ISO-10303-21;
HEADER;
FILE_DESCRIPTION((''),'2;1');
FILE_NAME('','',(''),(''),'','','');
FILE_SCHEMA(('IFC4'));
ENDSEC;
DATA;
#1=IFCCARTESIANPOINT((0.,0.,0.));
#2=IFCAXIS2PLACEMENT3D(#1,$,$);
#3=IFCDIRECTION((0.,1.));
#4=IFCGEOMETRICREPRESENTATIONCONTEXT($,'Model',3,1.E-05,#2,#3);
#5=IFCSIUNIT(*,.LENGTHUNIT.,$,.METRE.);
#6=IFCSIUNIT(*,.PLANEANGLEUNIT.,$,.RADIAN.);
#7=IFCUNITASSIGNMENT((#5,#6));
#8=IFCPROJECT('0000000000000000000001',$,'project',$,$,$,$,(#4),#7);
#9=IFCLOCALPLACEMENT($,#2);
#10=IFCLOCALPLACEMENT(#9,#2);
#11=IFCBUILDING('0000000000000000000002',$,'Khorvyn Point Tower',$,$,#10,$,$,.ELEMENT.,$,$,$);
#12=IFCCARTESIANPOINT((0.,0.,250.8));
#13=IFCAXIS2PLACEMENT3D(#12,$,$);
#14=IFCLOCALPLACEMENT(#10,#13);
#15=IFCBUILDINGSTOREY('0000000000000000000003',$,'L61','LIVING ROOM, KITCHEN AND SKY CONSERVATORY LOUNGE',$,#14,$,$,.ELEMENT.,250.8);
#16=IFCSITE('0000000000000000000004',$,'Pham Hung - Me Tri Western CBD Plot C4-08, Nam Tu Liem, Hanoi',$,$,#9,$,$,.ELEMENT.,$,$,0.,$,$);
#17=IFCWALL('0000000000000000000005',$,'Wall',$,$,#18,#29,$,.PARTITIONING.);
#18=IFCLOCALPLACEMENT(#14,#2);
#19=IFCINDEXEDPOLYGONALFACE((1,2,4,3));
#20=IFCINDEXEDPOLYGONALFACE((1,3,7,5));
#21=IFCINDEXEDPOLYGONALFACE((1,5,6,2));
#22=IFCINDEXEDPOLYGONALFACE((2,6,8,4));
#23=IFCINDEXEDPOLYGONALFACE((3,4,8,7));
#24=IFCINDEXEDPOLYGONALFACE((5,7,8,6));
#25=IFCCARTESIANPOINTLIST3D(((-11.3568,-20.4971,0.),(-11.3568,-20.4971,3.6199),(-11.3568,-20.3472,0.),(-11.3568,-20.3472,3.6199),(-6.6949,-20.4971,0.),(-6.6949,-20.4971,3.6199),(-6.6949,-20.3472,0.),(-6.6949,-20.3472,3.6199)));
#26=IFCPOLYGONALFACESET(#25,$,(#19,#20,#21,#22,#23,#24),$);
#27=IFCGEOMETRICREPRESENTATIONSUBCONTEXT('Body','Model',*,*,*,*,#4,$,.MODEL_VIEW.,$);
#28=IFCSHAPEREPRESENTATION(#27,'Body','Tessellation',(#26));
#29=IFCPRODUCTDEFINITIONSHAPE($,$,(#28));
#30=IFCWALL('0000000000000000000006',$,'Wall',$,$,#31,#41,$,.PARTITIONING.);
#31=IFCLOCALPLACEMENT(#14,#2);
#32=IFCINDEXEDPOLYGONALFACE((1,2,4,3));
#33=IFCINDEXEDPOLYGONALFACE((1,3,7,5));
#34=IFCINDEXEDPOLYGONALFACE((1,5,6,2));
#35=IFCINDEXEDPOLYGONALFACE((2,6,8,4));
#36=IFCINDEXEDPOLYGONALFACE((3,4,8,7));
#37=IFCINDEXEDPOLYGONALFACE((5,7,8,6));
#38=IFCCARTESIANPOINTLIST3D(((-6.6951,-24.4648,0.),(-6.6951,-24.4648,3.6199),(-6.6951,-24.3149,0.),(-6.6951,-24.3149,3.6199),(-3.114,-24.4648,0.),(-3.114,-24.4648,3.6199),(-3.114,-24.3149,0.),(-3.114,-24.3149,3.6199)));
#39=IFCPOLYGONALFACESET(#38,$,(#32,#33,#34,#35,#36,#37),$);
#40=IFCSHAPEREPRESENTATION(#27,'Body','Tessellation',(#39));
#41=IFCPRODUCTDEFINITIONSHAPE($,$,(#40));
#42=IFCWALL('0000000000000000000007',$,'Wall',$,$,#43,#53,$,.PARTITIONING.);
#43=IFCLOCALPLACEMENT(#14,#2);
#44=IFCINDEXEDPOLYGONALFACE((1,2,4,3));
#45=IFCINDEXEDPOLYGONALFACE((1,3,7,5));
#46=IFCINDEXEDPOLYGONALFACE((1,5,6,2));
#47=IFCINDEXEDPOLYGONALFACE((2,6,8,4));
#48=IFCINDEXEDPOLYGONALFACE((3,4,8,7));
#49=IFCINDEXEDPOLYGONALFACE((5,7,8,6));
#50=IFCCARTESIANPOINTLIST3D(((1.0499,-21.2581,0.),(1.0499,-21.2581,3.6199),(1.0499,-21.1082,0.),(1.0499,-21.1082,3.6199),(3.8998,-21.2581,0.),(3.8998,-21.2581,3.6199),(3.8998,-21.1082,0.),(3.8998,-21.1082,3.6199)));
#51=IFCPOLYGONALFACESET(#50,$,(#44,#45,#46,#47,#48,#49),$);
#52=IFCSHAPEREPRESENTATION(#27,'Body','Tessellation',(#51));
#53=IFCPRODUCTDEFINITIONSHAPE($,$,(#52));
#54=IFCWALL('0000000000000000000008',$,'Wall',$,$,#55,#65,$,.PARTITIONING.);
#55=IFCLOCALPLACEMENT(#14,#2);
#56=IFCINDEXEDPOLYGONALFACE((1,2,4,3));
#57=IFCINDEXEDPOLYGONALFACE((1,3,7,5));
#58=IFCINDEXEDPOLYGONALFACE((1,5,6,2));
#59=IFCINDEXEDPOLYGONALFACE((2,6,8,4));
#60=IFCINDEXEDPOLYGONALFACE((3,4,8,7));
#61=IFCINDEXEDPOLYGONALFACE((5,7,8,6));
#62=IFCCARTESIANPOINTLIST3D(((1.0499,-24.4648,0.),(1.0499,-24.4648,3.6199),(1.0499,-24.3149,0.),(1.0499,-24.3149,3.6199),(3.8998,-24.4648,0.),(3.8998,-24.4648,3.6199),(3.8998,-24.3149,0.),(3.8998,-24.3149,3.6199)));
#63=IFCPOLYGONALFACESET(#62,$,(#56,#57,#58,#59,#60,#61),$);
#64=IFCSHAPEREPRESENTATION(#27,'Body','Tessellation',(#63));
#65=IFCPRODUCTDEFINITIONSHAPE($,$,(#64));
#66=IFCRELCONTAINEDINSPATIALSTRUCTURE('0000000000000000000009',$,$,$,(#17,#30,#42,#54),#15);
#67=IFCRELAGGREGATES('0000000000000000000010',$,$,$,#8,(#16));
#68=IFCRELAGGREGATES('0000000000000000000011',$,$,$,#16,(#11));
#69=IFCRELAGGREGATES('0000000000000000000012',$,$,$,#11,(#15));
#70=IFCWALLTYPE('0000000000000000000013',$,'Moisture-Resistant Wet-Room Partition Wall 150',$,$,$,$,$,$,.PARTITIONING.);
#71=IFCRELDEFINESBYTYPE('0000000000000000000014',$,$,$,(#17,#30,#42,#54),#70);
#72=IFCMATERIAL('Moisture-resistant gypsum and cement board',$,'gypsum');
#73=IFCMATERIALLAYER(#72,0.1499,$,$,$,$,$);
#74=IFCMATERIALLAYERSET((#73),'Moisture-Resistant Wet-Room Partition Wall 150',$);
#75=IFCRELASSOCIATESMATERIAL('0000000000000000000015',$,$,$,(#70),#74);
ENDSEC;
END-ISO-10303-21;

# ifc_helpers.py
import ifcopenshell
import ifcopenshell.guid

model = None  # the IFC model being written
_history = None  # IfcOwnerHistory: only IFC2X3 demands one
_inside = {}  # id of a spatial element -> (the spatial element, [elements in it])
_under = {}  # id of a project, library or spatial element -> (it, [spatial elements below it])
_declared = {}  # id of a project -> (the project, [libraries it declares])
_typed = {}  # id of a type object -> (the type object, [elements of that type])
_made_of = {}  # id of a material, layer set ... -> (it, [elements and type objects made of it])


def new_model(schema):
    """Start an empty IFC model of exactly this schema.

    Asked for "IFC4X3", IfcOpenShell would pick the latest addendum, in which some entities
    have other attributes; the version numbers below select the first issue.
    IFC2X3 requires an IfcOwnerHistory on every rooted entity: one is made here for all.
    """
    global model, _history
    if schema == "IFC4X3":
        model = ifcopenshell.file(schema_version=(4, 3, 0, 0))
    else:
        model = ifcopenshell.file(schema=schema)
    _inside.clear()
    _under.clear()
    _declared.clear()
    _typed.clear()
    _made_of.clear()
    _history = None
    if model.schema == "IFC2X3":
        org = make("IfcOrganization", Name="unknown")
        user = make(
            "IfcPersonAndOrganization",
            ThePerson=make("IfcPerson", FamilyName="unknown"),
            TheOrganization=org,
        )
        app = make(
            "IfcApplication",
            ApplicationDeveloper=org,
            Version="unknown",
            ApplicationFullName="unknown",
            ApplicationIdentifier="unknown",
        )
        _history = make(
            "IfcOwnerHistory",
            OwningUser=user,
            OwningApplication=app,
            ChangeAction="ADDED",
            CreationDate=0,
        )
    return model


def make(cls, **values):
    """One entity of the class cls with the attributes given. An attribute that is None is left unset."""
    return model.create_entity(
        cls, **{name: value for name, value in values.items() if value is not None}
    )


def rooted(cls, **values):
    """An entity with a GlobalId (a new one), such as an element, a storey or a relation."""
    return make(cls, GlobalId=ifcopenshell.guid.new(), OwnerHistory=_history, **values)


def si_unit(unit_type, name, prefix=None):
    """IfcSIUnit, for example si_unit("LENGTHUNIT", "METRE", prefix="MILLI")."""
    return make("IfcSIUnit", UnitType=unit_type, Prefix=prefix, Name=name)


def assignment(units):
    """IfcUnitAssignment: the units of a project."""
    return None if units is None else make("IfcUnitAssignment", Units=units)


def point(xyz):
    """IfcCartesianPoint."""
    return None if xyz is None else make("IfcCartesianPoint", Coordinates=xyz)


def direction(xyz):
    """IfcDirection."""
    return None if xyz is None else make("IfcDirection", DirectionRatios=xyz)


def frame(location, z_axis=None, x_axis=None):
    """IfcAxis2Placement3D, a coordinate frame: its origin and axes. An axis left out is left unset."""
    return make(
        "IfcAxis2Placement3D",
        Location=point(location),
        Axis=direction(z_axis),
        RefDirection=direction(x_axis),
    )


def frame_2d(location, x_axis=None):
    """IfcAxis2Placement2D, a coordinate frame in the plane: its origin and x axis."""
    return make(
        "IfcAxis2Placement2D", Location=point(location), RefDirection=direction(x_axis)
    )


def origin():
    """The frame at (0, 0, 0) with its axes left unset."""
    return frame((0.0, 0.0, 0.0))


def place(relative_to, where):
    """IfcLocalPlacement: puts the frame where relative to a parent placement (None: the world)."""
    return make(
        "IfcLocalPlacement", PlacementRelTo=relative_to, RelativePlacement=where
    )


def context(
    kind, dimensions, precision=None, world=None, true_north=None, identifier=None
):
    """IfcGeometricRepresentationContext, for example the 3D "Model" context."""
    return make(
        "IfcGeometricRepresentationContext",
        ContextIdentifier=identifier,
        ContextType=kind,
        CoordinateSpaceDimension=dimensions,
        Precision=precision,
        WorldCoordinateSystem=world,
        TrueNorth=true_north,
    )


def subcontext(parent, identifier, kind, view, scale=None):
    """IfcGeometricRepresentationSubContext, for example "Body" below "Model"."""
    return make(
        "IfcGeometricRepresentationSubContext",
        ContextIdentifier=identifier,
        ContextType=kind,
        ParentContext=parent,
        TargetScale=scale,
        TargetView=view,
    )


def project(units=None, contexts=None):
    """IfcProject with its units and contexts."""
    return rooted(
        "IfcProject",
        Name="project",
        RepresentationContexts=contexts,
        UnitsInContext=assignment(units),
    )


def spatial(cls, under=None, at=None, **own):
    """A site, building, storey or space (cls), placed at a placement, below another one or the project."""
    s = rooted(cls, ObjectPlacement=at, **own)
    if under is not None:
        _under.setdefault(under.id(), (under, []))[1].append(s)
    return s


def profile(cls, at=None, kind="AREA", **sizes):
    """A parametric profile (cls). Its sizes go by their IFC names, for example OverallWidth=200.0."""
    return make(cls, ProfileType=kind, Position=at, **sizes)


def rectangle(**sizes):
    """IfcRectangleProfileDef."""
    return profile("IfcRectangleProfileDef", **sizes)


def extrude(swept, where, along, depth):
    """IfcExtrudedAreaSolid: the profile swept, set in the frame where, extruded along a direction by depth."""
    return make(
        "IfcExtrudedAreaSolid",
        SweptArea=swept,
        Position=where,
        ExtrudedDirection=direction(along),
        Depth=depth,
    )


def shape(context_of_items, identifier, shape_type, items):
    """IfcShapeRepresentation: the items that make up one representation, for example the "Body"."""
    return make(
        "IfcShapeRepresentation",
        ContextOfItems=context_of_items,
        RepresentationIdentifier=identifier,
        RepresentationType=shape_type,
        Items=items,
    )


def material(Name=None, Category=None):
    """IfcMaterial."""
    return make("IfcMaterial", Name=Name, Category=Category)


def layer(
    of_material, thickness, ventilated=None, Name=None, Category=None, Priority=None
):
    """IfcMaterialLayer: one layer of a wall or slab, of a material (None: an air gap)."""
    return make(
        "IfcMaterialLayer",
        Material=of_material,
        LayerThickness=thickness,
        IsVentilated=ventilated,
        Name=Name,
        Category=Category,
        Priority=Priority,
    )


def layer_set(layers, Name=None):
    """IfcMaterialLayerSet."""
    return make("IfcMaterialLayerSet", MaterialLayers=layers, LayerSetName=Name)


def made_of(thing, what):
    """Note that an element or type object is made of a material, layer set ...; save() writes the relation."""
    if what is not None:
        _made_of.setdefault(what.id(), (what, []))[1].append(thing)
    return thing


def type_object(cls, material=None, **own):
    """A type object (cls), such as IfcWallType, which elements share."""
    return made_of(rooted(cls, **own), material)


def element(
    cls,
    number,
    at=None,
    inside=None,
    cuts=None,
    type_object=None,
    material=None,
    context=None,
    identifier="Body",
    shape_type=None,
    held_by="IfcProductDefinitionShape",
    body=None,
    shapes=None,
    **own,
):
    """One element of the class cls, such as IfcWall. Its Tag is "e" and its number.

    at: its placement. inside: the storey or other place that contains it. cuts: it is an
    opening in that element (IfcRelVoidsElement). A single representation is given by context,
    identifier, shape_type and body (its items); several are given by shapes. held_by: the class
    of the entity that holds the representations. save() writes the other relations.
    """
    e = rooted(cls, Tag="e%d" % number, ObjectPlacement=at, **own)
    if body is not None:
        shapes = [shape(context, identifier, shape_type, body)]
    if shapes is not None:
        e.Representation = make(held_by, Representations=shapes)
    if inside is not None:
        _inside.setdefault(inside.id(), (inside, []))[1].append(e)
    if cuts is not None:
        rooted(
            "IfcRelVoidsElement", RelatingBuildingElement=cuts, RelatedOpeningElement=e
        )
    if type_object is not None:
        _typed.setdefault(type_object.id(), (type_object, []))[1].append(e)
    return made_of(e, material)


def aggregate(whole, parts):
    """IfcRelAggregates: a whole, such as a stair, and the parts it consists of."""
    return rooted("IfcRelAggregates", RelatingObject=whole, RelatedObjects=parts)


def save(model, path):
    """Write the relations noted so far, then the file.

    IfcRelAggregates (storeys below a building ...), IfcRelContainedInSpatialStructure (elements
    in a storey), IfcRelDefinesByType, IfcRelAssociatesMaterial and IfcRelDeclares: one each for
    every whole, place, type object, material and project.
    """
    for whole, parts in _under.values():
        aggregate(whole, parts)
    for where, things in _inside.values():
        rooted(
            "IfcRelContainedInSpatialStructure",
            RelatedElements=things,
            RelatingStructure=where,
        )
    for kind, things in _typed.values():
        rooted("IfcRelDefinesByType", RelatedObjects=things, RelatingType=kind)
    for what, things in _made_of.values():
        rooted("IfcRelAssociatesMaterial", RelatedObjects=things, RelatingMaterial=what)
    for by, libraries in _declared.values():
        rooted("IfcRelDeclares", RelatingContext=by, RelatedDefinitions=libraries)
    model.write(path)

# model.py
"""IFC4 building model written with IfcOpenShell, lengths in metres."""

from ifc_helpers import new_model, si_unit, direction, frame, frame_2d, origin, place, context, subcontext, project, spatial, rectangle, extrude, material, layer, layer_set, type_object, element, save


model = new_model("IFC4")

# Units and contexts
model_context = context("Model", 3, precision=1e-05, world=origin(), true_north=direction((0.0, 1.0)))
body_context = subcontext(model_context, "Body", "Model", "MODEL_VIEW")
ifc_project = project(units=[si_unit("LENGTHUNIT", "METRE"), si_unit("PLANEANGLEUNIT", "RADIAN")], contexts=[model_context])

# Site, building, storey
site_placement = place(None, origin())
site = spatial("IfcSite", under=ifc_project, at=site_placement, Name="Pham Hung - Me Tri Western CBD Plot C4-08, Nam Tu Liem, Hanoi", CompositionType="ELEMENT", RefElevation=0.0)
building_placement = place(site_placement, origin())
building = spatial("IfcBuilding", under=site, at=building_placement, Name="Khorvyn Point Tower", CompositionType="ELEMENT")
storey_placement = place(building_placement, frame((0.0, 0.0, 250.8)))
storey = spatial("IfcBuildingStorey", under=building, at=storey_placement, Name="L61", Description="LIVING ROOM, KITCHEN AND SKY CONSERVATORY LOUNGE", CompositionType="ELEMENT", Elevation=250.8)

# Shared definitions
ifc_material_1 = material(Name="Moisture-resistant gypsum and cement board", Category="gypsum")
ifc_layer_1 = layer(ifc_material_1, 0.1499)
ifc_layer_set_1 = layer_set([ifc_layer_1], Name="Moisture-Resistant Wet-Room Partition Wall 150")
wall_type_1 = type_object("IfcWallType", Name="Moisture-Resistant Wet-Room Partition Wall 150", PredefinedType="PARTITIONING", material=ifc_layer_set_1)

# Walls
wall_1_placement = place(storey_placement, frame((-11.3569, -20.4221, 0.0), z_axis=(0.0, 0.0, 1.0), x_axis=(1.0, 0.0, 0.0)))
element("IfcWall", 1, at=wall_1_placement, inside=storey, type_object=wall_type_1, Name="Wall", PredefinedType="PARTITIONING", context=body_context, shape_type="SweptSolid", body=[
    extrude(rectangle(XDim=4.6619, YDim=0.1499, at=frame_2d((2.3311, 0.0))), origin(), (0.0, 0.0, 1.0), 3.6199),
])
wall_2_placement = place(storey_placement, frame((-6.6951, -24.3899, 0.0), z_axis=(0.0, 0.0, 1.0), x_axis=(1.0, 0.0, 0.0)))
element("IfcWall", 2, at=wall_2_placement, inside=storey, type_object=wall_type_1, Name="Wall", PredefinedType="PARTITIONING", context=body_context, shape_type="SweptSolid", body=[
    extrude(rectangle(XDim=3.5811, YDim=0.1499, at=frame_2d((1.7905, 0.0))), origin(), (0.0, 0.0, 1.0), 3.6199),
])
for number, where, z_axis, x_axis, name in (
    (3, (1.05, -21.1831, 0.0), (0.0, 0.0, 1.0), (1.0, 0.0, 0.0), "Wall"),
    (4, (1.05, -24.3899, 0.0), (0.0, 0.0, 1.0), (1.0, 0.0, 0.0), "Wall"),
):
    element("IfcWall", number, at=place(storey_placement, frame(where, z_axis=z_axis, x_axis=x_axis)), inside=storey, type_object=wall_type_1, Name=name, PredefinedType="PARTITIONING", context=body_context, shape_type="SweptSolid", body=[
        extrude(rectangle(XDim=2.8499, YDim=0.1499, at=frame_2d((1.4248, 0.0))), origin(), (0.0, 0.0, 1.0), 3.6199),
    ])

save(model, "model.ifc")
